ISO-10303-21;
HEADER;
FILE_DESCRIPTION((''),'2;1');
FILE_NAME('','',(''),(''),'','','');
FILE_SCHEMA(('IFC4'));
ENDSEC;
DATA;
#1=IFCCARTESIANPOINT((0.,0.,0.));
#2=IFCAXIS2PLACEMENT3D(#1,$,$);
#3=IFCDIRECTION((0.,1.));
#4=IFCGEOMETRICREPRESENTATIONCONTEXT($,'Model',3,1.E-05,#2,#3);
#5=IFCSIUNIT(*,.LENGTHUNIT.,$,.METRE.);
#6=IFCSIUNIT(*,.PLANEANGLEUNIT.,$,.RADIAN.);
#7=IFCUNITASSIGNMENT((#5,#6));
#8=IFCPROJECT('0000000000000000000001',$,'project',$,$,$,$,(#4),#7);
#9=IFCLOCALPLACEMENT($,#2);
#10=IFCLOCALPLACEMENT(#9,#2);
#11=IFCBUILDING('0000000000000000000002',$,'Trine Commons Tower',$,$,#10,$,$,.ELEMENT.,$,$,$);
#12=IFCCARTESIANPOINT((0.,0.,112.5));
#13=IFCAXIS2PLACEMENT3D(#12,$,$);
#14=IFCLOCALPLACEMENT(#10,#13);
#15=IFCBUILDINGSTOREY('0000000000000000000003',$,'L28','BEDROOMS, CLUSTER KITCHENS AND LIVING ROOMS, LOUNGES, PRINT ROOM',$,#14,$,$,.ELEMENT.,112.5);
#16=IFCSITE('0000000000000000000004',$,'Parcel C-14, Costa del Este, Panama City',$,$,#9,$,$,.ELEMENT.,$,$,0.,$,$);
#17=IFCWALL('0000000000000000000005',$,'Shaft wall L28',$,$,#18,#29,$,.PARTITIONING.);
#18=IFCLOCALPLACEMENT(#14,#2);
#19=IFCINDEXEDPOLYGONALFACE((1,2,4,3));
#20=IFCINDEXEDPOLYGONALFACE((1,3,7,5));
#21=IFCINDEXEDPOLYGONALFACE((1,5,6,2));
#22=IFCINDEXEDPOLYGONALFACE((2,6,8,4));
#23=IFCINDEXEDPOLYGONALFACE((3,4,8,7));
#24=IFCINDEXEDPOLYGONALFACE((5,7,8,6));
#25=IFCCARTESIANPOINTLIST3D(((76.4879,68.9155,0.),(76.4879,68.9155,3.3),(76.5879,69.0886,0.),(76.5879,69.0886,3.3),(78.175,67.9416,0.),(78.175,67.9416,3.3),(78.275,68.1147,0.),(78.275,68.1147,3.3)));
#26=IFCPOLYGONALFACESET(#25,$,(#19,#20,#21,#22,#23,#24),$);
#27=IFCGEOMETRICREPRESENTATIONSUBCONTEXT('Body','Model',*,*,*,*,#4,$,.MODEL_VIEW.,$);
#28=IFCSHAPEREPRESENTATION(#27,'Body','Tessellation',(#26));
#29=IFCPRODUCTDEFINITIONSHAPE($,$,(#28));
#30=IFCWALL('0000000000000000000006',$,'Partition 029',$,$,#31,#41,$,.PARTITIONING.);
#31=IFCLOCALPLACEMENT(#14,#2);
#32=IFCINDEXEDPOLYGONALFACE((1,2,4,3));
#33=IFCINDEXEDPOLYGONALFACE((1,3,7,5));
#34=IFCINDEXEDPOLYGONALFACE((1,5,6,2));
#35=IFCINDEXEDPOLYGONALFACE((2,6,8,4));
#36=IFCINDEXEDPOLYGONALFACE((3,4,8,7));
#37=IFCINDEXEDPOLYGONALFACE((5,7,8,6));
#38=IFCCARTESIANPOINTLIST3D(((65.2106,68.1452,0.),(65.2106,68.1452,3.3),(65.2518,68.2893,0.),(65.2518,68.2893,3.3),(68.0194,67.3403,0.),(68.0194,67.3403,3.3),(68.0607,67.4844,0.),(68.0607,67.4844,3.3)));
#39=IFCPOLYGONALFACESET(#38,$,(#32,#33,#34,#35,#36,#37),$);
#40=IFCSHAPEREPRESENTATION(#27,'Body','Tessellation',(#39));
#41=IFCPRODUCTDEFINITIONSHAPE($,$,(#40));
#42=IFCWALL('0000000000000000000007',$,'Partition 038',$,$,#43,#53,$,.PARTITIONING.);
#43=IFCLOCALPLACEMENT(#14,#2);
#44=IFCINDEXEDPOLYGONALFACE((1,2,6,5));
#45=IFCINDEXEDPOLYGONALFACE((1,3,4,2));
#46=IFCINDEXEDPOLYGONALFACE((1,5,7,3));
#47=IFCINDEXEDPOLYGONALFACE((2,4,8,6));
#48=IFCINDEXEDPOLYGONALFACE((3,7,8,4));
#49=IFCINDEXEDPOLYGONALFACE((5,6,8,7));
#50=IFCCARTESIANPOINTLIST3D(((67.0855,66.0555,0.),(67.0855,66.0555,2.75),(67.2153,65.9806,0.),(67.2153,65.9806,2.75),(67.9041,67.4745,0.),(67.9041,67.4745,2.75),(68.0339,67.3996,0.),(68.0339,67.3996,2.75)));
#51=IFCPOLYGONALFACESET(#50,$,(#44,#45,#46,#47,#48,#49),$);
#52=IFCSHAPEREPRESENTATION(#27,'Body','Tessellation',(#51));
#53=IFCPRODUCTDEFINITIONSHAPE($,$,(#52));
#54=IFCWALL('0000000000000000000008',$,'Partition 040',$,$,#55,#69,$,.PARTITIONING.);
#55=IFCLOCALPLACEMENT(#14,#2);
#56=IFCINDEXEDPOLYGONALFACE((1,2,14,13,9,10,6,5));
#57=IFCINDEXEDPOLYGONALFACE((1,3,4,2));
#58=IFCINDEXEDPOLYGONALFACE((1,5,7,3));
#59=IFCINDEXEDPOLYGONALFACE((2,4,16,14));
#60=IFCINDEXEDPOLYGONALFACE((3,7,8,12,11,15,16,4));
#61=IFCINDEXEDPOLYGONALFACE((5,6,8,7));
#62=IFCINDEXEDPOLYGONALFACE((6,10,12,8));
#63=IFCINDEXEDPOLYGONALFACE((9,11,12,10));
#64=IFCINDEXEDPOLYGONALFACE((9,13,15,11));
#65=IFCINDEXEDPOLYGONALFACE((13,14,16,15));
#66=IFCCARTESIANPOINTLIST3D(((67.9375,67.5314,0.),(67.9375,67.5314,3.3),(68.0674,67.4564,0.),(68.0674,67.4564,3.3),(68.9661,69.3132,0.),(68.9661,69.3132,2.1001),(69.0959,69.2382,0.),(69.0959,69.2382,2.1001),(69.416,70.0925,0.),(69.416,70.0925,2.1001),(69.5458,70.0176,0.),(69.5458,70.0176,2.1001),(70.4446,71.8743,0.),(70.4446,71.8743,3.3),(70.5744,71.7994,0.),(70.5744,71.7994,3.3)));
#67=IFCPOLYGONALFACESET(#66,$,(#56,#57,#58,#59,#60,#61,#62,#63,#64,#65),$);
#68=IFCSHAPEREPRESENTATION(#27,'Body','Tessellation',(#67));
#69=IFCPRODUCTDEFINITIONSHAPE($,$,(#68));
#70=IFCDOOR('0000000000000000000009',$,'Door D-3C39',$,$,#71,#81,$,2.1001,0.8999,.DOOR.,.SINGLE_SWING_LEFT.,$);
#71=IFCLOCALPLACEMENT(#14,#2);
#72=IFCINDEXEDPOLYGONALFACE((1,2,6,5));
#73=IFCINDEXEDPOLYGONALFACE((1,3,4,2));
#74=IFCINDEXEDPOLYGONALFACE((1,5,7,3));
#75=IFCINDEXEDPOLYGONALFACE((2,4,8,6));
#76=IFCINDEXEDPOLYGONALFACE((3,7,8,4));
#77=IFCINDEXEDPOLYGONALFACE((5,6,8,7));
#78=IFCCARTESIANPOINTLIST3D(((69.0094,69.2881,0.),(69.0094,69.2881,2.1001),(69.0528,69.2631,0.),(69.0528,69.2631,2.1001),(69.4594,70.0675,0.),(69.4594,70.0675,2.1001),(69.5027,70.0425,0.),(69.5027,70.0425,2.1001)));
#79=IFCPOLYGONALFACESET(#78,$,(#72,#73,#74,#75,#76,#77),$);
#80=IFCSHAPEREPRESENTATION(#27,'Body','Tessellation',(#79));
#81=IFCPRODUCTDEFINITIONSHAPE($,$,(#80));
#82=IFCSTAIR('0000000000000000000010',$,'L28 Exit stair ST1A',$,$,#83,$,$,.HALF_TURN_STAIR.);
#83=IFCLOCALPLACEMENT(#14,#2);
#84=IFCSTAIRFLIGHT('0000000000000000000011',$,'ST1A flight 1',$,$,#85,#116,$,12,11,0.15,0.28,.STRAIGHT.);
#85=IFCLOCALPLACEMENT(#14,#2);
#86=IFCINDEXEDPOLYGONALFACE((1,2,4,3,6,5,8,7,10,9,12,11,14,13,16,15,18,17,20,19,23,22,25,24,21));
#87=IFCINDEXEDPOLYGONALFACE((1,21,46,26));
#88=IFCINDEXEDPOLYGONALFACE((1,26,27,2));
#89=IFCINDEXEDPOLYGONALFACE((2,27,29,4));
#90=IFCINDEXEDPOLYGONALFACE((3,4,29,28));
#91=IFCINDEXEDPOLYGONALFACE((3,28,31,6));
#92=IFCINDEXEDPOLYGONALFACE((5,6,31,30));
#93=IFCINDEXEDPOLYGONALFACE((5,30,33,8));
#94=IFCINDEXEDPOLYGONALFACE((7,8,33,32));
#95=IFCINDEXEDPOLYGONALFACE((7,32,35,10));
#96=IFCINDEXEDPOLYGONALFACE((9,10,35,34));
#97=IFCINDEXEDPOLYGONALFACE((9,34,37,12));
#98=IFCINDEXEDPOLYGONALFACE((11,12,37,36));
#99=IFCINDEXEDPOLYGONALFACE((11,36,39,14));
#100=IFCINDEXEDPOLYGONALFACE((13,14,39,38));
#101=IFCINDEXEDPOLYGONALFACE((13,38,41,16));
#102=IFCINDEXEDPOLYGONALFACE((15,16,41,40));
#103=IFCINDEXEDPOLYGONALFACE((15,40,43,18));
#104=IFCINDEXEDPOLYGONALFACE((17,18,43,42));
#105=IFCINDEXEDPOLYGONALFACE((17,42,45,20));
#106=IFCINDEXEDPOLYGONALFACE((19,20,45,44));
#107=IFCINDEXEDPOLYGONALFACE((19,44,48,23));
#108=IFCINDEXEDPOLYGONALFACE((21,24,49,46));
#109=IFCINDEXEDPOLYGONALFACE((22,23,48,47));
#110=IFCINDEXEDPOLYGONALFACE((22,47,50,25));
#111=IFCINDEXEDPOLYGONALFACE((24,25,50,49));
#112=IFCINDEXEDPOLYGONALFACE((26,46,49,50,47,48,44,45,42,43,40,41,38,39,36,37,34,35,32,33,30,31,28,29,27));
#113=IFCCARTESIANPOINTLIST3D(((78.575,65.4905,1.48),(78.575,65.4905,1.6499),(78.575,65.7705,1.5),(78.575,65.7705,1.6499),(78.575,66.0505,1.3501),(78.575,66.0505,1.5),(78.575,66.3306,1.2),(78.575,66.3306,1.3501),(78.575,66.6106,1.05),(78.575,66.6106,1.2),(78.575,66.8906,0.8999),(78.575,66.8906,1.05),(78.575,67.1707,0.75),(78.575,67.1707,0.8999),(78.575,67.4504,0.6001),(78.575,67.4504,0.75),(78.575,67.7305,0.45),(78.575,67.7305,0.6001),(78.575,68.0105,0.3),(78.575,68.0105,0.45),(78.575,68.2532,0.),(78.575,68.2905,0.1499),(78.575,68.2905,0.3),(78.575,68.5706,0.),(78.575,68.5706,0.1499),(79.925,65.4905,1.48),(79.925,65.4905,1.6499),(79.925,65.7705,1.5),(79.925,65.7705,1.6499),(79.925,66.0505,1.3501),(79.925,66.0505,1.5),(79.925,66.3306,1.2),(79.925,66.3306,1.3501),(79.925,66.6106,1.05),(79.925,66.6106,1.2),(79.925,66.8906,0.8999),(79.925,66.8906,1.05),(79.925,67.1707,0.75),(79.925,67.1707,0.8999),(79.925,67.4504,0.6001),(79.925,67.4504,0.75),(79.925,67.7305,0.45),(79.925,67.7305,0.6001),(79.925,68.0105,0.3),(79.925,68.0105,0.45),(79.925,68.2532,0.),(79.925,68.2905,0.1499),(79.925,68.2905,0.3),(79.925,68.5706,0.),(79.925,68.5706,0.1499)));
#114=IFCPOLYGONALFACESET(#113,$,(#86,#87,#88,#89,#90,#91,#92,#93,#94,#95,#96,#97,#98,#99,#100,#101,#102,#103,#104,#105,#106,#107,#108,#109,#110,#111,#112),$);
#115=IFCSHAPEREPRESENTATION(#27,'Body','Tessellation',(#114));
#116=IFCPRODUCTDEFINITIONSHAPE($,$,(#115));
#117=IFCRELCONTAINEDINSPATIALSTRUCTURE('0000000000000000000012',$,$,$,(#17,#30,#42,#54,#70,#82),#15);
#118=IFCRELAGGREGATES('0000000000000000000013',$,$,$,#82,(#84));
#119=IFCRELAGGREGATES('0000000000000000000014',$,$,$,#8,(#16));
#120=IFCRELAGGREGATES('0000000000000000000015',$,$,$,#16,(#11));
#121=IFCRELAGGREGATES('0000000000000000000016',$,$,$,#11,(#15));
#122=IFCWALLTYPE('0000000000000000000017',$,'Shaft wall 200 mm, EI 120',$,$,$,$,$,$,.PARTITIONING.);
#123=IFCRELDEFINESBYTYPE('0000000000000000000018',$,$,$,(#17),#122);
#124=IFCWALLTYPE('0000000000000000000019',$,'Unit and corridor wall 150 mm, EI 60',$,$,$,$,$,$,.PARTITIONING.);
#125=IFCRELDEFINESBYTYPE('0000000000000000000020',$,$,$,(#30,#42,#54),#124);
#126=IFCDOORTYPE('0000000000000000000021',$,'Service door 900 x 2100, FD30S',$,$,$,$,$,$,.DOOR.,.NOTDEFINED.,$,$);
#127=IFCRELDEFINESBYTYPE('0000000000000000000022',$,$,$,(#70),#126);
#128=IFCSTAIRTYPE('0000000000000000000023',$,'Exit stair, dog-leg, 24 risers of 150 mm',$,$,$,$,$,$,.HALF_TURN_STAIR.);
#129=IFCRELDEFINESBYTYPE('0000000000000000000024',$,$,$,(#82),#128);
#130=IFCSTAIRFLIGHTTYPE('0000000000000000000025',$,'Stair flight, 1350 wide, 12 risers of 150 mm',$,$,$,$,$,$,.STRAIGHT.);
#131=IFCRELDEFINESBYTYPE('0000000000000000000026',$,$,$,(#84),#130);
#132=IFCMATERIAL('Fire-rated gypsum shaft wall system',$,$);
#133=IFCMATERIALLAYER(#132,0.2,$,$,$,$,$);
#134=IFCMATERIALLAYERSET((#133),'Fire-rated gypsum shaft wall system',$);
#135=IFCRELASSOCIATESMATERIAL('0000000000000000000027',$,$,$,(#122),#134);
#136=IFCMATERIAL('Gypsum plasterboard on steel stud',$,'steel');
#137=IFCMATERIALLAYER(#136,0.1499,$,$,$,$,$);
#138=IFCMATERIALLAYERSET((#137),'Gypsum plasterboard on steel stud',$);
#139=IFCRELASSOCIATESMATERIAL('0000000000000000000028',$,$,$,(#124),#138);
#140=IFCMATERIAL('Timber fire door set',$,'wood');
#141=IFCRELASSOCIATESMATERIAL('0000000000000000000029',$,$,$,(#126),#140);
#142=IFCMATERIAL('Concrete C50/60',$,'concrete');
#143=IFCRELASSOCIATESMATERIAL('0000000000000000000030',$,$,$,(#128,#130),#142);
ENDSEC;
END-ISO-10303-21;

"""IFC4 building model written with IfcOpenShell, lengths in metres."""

from ifc_helpers import new_model, si_unit, direction, frame, frame_2d, origin, place, context, subcontext, project, spatial, polyline, rectangle, outline, extrude, material, layer, layer_set, type_object, element, fill, aggregate, save


model = new_model("IFC4")

# Units and contexts
model_context = context("Model", 3, precision=1e-05, world=origin(), true_north=direction((0.0, 1.0)))
body_context = subcontext(model_context, "Body", "Model", "MODEL_VIEW")
ifc_project = project(units=[si_unit("LENGTHUNIT", "METRE"), si_unit("PLANEANGLEUNIT", "RADIAN")], contexts=[model_context])

# Site, building, storey
site_placement = place(None, origin())
site = spatial("IfcSite", under=ifc_project, at=site_placement, Name="Parcel C-14, Costa del Este, Panama City", CompositionType="ELEMENT", RefElevation=0.0)
building_placement = place(site_placement, origin())
building = spatial("IfcBuilding", under=site, at=building_placement, Name="Trine Commons Tower", CompositionType="ELEMENT")
storey_placement = place(building_placement, frame((0.0, 0.0, 112.5)))
storey = spatial("IfcBuildingStorey", under=building, at=storey_placement, Name="L28", Description="BEDROOMS, CLUSTER KITCHENS AND LIVING ROOMS, LOUNGES, PRINT ROOM", CompositionType="ELEMENT", Elevation=112.5)

# Shared definitions
ifc_material_1 = material(Name="Concrete C50/60", Category="concrete")

# Shared definitions
ifc_material_2 = material(Name="Fire-rated gypsum shaft wall system")

# Walls
ifc_layer_1 = layer(ifc_material_2, 0.2)
ifc_layer_set_1 = layer_set([ifc_layer_1], Name="Fire-rated gypsum shaft wall system")
wall_type_1 = type_object("IfcWallType", Name="Shaft wall 200 mm, EI 120", PredefinedType="PARTITIONING", material=ifc_layer_set_1)
wall_1_placement = place(storey_placement, frame((78.2251, 68.0281, 0.0), z_axis=(0.0, 0.0, 1.0), x_axis=(-0.866052, 0.499954, 0.0)))
element("IfcWall", 1, at=wall_1_placement, inside=storey, type_object=wall_type_1, Name="Shaft wall L28", PredefinedType="PARTITIONING", context=body_context, shape_type="SweptSolid", body=[
    extrude(rectangle(XDim=1.948, YDim=0.2, at=frame_2d((0.9741, 0.0))), origin(), (0.0, 0.0, 1.0), 3.3),
])
ifc_material_3 = material(Name="Gypsum plasterboard on steel stud", Category="steel")
ifc_layer_2 = layer(ifc_material_3, 0.1499)
ifc_layer_set_2 = layer_set([ifc_layer_2], Name="Gypsum plasterboard on steel stud")
wall_type_2 = type_object("IfcWallType", Name="Unit and corridor wall 150 mm, EI 60", PredefinedType="PARTITIONING", material=ifc_layer_set_2)
wall_2_placement = place(storey_placement, frame((65.2312, 68.2173, 0.0), z_axis=(0.0, 0.0, 1.0), x_axis=(0.961306, -0.275483, 0.0)))
element("IfcWall", 2, at=wall_2_placement, inside=storey, type_object=wall_type_2, Name="Partition 029", PredefinedType="PARTITIONING", context=body_context, shape_type="SweptSolid", body=[
    extrude(rectangle(XDim=2.9219, YDim=0.1499, at=frame_2d((1.4609, 0.0))), origin(), (0.0, 0.0, 1.0), 3.3),
])
wall_3_placement = place(storey_placement, frame((67.1504, 66.0181, 0.0), z_axis=(0.0, 0.0, 1.0), x_axis=(0.499714, 0.866191, 0.0)))
element("IfcWall", 3, at=wall_3_placement, inside=storey, type_object=wall_type_2, Name="Partition 038", PredefinedType="PARTITIONING", context=body_context, shape_type="SweptSolid", body=[
    extrude(rectangle(XDim=1.6382, YDim=0.1499, at=frame_2d((0.8191, 0.0))), origin(), (0.0, 0.0, 1.0), 2.75),
])

# Wall, opening, door
wall_4_placement = place(storey_placement, frame((68.0024, 67.4939, 0.0), z_axis=(0.0, 0.0, 1.0), x_axis=(0.499946, 0.866057, 0.0)))
wall_4 = element("IfcWall", 4, at=wall_4_placement, inside=storey, type_object=wall_type_2, Name="Partition 040", PredefinedType="PARTITIONING", context=body_context, shape_type="SweptSolid", body=[
    extrude(rectangle(XDim=5.0146, YDim=0.1499, at=frame_2d((2.5073, 0.0))), origin(), (0.0, 0.0, 1.0), 3.3),
])
opening_1_placement = place(wall_4_placement, frame((2.0574, 0.0, 0.0)))
opening_1 = element("IfcOpeningElement", 5, at=opening_1_placement, cuts=wall_4, PredefinedType="OPENING", context=body_context, shape_type="SweptSolid", body=[
    extrude(rectangle(XDim=0.8999, YDim=2.1001, at=frame_2d((0.45, 1.05))), frame((0.0, 0.085, 0.0), z_axis=(0.0, -1.0, 0.0), x_axis=(1.0, 0.0, 0.0)), (0.0, 0.0, 1.0), 0.1699),
])
ifc_material_4 = material(Name="Timber fire door set", Category="wood")
door_type_1 = type_object("IfcDoorType", Name="Service door 900 x 2100, FD30S", OperationType="NOTDEFINED", PredefinedType="DOOR", material=ifc_material_4)
door_1_placement = place(opening_1_placement, origin())
door_1 = element("IfcDoor", 6, at=door_1_placement, inside=storey, type_object=door_type_1, Name="Door D-3C39", OperationType="SINGLE_SWING_LEFT", OverallHeight=2.1001, OverallWidth=0.8999, PredefinedType="DOOR", context=body_context, shape_type="SweptSolid", body=[
    extrude(rectangle(XDim=0.8999, YDim=2.1001, at=frame_2d((0.45, 1.05))), frame((0.0, 0.0249, 0.0), z_axis=(0.0, -1.0, 0.0), x_axis=(1.0, 0.0, 0.0)), (0.0, 0.0, 1.0), 0.05),
])
fill(opening_1, door_1)

# Stair, stair flight
stair_type = type_object("IfcStairType", Name="Exit stair, dog-leg, 24 risers of 150 mm", PredefinedType="HALF_TURN_STAIR", material=ifc_material_1)
stair_placement = place(storey_placement, origin())
stair = element("IfcStair", 7, at=stair_placement, inside=storey, type_object=stair_type, Name="L28 Exit stair ST1A", PredefinedType="HALF_TURN_STAIR")
stair_flight_type = type_object("IfcStairFlightType", Name="Stair flight, 1350 wide, 12 risers of 150 mm", PredefinedType="STRAIGHT", material=ifc_material_1)
stair_flight_placement = place(storey_placement, frame((79.25, 68.5706, 0.0), z_axis=(0.0, 0.0, 1.0), x_axis=(0.0, -1.0, 0.0)))
stair_flight = element("IfcStairFlight", 8, at=stair_flight_placement, type_object=stair_flight_type, Name="ST1A flight 1", NumberOfRisers=12, NumberOfTreads=11, PredefinedType="STRAIGHT", RiserHeight=0.15, TreadLength=0.28, context=body_context, shape_type="SweptSolid", body=[
    extrude(outline(polyline([(0.0, 0.0), (0.0, 0.1499), (0.28, 0.1499), (0.28, 0.3), (0.5601, 0.3), (0.5601, 0.45), (0.8401, 0.45), (0.8401, 0.6001), (1.1201, 0.6001), (1.1201, 0.75), (1.3999, 0.75), (1.3999, 0.8999), (1.6799, 0.8999), (1.6799, 1.05), (1.96, 1.05), (1.96, 1.2), (2.24, 1.2), (2.24, 1.3501), (2.52, 1.3501), (2.52, 1.5), (2.8, 1.5), (2.8, 1.6499), (3.0801, 1.6499), (3.0801, 1.8), (3.0801, 1.48), (0.3174, 0.0), (0.0, 0.0)])), frame((0.0, 0.675, 0.0), z_axis=(0.0, -1.0, 0.0), x_axis=(1.0, 0.0, 0.0)), (0.0, 0.0, 1.0), 1.3501),
])
aggregate(stair, [stair_flight])

save(model, "model.ifc")
